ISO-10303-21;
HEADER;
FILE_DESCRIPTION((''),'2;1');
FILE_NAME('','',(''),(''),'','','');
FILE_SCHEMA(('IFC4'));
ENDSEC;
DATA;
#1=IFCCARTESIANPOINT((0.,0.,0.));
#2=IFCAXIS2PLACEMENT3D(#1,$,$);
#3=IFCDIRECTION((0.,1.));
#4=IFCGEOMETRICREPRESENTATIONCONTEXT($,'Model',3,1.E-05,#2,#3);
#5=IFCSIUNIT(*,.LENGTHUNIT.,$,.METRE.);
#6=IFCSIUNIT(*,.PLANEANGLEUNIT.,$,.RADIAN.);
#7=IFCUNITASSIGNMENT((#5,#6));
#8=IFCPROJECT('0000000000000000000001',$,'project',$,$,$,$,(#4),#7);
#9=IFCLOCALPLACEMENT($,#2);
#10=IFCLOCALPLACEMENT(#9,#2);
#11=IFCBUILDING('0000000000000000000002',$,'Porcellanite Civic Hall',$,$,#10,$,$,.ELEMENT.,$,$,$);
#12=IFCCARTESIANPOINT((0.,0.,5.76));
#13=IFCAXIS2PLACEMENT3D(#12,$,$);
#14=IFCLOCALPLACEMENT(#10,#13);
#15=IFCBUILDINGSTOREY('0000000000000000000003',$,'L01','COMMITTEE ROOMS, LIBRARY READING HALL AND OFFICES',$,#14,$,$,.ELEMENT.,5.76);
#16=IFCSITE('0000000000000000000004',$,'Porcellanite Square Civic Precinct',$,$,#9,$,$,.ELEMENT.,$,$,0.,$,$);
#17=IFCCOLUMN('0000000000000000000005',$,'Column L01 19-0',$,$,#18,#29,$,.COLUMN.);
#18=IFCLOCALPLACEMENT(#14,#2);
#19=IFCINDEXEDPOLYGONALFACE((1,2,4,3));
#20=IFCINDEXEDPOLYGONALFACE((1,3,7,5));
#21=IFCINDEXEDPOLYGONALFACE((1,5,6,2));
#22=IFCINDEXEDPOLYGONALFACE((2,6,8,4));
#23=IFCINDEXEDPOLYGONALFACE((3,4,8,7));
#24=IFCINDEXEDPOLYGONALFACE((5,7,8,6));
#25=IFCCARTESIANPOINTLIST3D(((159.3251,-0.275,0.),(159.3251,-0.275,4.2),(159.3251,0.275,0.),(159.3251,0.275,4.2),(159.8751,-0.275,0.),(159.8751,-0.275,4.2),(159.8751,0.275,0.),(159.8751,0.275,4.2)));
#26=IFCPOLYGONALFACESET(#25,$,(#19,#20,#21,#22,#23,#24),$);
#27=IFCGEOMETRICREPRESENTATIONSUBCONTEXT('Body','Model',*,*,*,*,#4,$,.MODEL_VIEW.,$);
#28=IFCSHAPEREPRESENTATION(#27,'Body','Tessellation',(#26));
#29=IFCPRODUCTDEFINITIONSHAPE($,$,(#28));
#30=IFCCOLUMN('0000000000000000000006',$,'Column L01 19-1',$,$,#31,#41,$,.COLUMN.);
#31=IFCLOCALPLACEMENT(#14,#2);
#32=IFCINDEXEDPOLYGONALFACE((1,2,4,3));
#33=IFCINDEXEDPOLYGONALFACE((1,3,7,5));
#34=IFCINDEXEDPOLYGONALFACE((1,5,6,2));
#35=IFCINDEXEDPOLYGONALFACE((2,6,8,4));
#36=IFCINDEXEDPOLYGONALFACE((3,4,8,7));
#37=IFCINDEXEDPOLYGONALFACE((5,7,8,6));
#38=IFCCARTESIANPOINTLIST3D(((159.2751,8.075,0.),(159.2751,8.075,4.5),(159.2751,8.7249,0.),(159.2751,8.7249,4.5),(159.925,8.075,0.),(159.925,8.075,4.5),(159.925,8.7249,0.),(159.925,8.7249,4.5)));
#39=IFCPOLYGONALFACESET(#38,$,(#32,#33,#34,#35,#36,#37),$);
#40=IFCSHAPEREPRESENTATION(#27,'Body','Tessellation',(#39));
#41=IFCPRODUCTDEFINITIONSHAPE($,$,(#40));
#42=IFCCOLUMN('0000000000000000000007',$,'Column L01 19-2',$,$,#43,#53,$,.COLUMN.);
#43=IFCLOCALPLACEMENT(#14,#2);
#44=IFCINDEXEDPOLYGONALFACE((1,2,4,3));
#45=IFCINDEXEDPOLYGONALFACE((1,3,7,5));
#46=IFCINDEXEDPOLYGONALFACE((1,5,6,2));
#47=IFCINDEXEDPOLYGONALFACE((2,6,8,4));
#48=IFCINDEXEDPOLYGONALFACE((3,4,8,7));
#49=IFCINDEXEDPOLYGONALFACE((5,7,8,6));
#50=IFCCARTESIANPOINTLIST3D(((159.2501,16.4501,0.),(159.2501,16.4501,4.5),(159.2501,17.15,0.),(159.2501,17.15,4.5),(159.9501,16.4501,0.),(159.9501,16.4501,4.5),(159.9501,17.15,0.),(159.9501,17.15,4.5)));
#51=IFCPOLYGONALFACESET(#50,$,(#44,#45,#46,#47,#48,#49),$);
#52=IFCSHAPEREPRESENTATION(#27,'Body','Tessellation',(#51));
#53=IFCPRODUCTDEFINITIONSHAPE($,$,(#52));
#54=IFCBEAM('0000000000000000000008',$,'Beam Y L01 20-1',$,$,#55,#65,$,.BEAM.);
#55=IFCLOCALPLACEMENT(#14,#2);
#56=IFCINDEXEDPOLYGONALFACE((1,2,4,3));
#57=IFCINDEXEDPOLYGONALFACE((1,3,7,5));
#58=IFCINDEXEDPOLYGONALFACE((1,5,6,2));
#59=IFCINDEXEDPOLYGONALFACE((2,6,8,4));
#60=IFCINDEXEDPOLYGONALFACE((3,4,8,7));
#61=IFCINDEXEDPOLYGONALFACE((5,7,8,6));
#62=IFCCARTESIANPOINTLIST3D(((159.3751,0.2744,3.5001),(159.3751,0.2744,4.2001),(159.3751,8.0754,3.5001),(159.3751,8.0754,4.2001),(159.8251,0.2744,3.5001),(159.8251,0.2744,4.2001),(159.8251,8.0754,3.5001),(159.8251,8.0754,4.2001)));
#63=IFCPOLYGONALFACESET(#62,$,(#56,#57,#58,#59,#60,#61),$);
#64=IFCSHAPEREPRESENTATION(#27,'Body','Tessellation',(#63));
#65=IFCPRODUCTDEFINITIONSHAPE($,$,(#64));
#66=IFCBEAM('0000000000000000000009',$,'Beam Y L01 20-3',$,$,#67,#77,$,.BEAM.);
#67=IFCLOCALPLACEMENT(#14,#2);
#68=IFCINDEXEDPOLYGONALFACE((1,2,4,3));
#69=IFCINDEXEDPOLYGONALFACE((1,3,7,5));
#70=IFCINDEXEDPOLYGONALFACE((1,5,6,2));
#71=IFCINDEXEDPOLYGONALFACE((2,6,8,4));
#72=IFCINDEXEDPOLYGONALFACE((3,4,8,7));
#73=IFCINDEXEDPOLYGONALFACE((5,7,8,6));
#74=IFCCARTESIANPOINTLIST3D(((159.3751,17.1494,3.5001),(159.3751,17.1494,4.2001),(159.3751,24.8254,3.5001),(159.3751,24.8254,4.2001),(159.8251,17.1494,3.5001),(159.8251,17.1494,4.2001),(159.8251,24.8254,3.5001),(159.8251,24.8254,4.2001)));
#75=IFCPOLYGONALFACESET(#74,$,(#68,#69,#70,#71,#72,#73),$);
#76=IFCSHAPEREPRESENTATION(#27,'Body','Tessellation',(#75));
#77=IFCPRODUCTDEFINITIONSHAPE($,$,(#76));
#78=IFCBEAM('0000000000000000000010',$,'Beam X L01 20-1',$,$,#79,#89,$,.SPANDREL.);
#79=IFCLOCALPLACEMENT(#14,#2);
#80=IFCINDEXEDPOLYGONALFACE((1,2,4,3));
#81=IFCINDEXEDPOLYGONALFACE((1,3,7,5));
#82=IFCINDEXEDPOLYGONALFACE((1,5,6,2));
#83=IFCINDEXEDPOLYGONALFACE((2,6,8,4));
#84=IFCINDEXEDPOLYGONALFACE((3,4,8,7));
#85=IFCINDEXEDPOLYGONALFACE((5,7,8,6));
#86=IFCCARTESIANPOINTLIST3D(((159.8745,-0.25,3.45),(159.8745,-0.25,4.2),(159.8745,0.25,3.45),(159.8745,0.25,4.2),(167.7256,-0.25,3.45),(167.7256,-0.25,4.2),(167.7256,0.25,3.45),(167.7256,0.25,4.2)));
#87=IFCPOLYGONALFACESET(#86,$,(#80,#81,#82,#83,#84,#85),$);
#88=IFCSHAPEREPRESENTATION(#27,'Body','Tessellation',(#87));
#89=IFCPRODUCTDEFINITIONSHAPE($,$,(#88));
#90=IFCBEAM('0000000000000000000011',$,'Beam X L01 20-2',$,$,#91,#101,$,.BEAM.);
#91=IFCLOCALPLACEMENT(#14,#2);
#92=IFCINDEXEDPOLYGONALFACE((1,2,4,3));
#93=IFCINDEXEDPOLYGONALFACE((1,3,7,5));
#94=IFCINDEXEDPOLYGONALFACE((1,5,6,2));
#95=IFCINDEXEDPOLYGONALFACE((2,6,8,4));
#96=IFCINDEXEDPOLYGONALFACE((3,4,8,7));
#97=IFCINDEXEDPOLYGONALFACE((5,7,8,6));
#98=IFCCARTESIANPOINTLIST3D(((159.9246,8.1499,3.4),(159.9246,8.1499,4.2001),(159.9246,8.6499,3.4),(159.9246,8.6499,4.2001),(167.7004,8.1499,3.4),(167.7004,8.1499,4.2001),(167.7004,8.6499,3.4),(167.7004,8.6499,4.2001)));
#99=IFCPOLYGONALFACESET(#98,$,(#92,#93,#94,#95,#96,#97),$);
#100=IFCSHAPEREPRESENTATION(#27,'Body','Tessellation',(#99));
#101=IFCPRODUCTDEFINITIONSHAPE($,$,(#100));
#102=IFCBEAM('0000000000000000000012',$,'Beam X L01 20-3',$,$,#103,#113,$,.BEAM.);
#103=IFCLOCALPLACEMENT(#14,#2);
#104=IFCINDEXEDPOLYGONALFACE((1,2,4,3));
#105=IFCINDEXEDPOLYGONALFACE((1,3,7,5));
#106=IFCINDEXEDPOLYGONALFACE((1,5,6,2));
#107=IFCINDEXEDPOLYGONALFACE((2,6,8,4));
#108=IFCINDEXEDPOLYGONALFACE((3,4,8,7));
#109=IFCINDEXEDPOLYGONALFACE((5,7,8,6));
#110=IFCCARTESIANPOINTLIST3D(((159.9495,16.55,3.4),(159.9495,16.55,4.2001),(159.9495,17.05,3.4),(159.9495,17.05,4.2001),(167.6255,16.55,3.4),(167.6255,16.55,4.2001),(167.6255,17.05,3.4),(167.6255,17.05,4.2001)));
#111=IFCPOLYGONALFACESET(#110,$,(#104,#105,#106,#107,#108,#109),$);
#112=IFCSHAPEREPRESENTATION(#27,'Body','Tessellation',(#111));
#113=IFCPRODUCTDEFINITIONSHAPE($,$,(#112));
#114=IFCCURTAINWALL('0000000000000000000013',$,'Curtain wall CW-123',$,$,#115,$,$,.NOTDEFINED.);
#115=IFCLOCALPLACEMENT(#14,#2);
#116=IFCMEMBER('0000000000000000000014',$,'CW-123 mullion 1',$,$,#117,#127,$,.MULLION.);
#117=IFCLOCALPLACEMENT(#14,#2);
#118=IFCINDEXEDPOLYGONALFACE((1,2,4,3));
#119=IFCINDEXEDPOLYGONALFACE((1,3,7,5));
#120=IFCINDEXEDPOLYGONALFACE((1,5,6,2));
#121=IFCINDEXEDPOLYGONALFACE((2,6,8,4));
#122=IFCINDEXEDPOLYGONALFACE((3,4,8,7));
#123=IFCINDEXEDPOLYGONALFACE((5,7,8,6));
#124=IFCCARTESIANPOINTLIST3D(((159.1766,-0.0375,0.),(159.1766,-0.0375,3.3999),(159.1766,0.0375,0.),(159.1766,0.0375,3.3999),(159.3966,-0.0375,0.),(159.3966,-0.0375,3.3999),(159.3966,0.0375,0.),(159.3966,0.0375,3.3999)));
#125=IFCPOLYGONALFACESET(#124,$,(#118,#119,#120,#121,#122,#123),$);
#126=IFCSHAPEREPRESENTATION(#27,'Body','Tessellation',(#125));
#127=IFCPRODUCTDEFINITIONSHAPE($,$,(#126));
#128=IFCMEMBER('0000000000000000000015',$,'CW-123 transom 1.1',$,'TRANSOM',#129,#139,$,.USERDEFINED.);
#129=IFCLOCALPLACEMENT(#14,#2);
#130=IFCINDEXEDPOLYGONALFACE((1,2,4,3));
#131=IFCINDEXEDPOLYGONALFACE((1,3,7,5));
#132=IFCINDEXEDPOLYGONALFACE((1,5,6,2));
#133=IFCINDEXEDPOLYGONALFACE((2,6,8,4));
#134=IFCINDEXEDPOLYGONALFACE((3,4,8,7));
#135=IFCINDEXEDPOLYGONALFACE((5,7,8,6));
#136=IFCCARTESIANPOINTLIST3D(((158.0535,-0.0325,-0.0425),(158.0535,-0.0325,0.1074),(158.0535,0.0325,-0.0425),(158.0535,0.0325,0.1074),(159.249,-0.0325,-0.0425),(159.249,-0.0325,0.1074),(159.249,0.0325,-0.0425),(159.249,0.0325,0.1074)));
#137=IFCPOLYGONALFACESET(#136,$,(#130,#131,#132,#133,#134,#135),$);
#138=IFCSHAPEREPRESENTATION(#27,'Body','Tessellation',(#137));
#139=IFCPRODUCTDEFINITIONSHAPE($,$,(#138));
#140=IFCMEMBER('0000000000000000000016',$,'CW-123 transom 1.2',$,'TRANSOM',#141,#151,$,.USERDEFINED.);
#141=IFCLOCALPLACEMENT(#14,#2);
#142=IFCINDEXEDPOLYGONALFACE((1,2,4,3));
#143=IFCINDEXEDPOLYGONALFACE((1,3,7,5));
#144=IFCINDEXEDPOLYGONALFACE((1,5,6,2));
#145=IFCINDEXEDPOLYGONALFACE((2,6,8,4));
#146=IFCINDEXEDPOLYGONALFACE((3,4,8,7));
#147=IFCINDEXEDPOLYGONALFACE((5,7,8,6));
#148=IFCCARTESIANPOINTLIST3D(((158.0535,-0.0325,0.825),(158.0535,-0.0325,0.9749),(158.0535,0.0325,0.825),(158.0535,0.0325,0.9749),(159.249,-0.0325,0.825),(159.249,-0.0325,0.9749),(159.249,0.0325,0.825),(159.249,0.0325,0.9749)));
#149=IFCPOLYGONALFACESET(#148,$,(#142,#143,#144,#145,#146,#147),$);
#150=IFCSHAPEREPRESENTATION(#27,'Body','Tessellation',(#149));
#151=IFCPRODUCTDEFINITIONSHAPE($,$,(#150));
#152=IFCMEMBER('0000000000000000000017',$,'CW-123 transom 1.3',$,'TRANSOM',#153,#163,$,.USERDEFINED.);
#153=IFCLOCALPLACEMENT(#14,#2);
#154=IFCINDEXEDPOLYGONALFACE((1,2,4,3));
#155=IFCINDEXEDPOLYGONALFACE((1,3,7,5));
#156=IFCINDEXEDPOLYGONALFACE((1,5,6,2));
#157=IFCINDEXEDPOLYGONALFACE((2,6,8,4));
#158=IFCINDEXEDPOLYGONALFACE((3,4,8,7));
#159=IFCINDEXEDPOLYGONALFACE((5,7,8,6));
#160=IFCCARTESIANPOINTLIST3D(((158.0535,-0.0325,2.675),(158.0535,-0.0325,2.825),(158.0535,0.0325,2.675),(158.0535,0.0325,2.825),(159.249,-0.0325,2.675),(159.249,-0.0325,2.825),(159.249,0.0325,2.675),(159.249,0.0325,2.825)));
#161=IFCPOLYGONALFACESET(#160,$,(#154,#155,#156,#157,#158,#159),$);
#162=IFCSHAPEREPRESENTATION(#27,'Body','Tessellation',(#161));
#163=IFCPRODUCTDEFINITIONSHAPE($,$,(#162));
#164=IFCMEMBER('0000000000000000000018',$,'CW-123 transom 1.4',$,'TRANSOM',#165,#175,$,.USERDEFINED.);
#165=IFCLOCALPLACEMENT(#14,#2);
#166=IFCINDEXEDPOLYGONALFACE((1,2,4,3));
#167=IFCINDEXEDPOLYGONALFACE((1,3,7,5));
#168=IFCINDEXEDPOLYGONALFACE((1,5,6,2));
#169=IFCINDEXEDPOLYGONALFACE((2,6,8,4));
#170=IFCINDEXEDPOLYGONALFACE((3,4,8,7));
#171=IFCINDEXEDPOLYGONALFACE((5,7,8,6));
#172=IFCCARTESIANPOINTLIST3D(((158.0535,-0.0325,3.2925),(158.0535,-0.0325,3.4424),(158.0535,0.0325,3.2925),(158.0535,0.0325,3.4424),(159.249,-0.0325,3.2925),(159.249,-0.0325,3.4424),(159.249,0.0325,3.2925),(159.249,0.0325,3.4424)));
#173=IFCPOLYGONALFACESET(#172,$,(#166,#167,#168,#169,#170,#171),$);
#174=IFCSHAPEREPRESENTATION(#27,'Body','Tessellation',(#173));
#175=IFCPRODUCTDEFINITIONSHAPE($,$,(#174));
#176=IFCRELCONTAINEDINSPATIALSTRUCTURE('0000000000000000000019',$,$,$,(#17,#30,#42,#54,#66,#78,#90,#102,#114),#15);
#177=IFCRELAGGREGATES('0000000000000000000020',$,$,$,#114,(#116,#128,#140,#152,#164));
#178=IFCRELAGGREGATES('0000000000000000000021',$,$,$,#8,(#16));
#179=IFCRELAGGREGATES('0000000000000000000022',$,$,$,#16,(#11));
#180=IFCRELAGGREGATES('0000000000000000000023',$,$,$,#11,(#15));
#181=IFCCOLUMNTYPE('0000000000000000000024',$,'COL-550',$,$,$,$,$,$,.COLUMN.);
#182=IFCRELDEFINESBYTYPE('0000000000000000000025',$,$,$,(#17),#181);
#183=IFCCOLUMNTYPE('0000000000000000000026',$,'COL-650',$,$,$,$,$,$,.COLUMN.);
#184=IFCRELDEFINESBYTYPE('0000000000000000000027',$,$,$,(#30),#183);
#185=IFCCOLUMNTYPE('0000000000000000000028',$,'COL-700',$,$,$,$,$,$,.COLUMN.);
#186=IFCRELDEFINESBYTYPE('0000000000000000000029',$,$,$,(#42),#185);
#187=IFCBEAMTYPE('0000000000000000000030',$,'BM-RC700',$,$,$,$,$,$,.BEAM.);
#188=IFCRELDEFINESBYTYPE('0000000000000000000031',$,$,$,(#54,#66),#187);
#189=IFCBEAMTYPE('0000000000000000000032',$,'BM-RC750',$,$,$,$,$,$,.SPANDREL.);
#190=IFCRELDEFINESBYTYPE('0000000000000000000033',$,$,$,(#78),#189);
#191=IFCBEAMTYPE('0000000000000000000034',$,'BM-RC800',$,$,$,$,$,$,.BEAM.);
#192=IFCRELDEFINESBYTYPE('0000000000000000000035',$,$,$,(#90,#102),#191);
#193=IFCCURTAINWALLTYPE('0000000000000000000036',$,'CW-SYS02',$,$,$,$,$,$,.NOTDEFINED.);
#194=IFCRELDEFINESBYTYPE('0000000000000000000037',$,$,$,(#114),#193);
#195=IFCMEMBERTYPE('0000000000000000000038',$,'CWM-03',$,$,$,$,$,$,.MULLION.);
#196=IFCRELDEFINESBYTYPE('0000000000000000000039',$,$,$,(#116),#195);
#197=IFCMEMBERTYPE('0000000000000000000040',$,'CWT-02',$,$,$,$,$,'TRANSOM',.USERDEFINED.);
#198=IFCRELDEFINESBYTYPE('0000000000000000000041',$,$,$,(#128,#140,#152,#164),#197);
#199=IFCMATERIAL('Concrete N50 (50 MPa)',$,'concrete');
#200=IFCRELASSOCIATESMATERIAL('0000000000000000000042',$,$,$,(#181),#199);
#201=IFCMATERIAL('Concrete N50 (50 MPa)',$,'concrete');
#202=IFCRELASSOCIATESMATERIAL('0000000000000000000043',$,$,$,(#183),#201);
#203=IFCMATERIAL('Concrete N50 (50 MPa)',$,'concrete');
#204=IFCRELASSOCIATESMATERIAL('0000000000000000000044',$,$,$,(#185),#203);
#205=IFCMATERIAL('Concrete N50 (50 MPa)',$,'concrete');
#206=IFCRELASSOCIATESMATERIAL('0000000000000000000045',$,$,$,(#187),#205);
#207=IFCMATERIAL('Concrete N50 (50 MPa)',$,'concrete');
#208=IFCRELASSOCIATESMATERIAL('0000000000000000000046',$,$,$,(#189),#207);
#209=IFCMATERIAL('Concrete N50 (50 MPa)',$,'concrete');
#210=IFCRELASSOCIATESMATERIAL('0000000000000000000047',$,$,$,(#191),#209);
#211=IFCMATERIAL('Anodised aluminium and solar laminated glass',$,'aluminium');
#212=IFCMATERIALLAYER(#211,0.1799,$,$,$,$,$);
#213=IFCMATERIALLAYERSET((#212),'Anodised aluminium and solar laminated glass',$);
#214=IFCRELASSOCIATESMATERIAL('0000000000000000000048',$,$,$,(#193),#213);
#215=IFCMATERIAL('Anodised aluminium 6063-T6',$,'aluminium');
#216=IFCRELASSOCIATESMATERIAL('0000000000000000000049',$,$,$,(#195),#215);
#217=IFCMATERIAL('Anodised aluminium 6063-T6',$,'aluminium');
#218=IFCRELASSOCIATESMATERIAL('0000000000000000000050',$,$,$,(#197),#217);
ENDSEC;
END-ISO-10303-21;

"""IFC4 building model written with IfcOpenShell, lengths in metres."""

from ifc_helpers import new_model, si_unit, direction, frame, origin, origin_2d, place, context, subcontext, project, spatial, rectangle, extrude, material, layer, layer_set, material_profile, profile_set, type_object, element, aggregate, save


model = new_model("IFC4")

# Units and contexts
model_context = context("Model", 3, precision=1e-05, world=origin(), true_north=direction((0.0, 1.0)))
body_context = subcontext(model_context, "Body", "Model", "MODEL_VIEW")
ifc_project = project(units=[si_unit("LENGTHUNIT", "METRE"), si_unit("PLANEANGLEUNIT", "RADIAN")], contexts=[model_context])

# Site, building, storey
site_placement = place(None, origin())
site = spatial("IfcSite", under=ifc_project, at=site_placement, Name="Porcellanite Square Civic Precinct", CompositionType="ELEMENT", RefElevation=0.0)
building_placement = place(site_placement, origin())
building = spatial("IfcBuilding", under=site, at=building_placement, Name="Porcellanite Civic Hall", CompositionType="ELEMENT")
storey_placement = place(building_placement, frame((0.0, 0.0, 5.76)))
storey = spatial("IfcBuildingStorey", under=building, at=storey_placement, Name="L01", Description="COMMITTEE ROOMS, LIBRARY READING HALL AND OFFICES", CompositionType="ELEMENT", Elevation=5.76)

# Columns
ifc_material_1 = material(Name="Concrete N50 (50 MPa)", Category="concrete")
ifc_material_profile_1 = material_profile(ifc_material_1, rectangle(XDim=0.55, YDim=0.55, at=origin_2d()), Name="RC-550x550")
ifc_profile_set_1 = profile_set([ifc_material_profile_1], Name="Concrete N50 (50 MPa)")
column_type_1 = type_object("IfcColumnType", Name="COL-550", PredefinedType="COLUMN", material=ifc_profile_set_1)
column_1_placement = place(storey_placement, frame((159.6001, 0.0, 0.0), z_axis=(0.0, 0.0, 1.0), x_axis=(1.0, 0.0, 0.0)))
element("IfcColumn", 1, at=column_1_placement, inside=storey, type_object=column_type_1, Name="Column L01 19-0", PredefinedType="COLUMN", context=body_context, shape_type="SweptSolid", body=[
    extrude(rectangle(XDim=0.55, YDim=0.55, at=origin_2d()), origin(), (0.0, 0.0, 1.0), 4.2),
])
ifc_material_2 = material(Name="Concrete N50 (50 MPa)", Category="concrete")
ifc_material_profile_2 = material_profile(ifc_material_2, rectangle(XDim=0.6499, YDim=0.6499, at=origin_2d()), Name="RC-650x650")
ifc_profile_set_2 = profile_set([ifc_material_profile_2], Name="Concrete N50 (50 MPa)")
column_type_2 = type_object("IfcColumnType", Name="COL-650", PredefinedType="COLUMN", material=ifc_profile_set_2)
column_2_placement = place(storey_placement, frame((159.6001, 8.3999, 0.0), z_axis=(0.0, 0.0, 1.0), x_axis=(1.0, 0.0, 0.0)))
element("IfcColumn", 2, at=column_2_placement, inside=storey, type_object=column_type_2, Name="Column L01 19-1", PredefinedType="COLUMN", context=body_context, shape_type="SweptSolid", body=[
    extrude(rectangle(XDim=0.6499, YDim=0.6499, at=origin_2d()), origin(), (0.0, 0.0, 1.0), 4.5),
])
ifc_material_3 = material(Name="Concrete N50 (50 MPa)", Category="concrete")
ifc_material_profile_3 = material_profile(ifc_material_3, rectangle(XDim=0.7, YDim=0.7, at=origin_2d()), Name="RC-700x700")
ifc_profile_set_3 = profile_set([ifc_material_profile_3], Name="Concrete N50 (50 MPa)")
column_type_3 = type_object("IfcColumnType", Name="COL-700", PredefinedType="COLUMN", material=ifc_profile_set_3)
column_3_placement = place(storey_placement, frame((159.6001, 16.8, 0.0), z_axis=(0.0, 0.0, 1.0), x_axis=(1.0, 0.0, 0.0)))
element("IfcColumn", 3, at=column_3_placement, inside=storey, type_object=column_type_3, Name="Column L01 19-2", PredefinedType="COLUMN", context=body_context, shape_type="SweptSolid", body=[
    extrude(rectangle(XDim=0.7, YDim=0.7, at=origin_2d()), origin(), (0.0, 0.0, 1.0), 4.5),
])

# Beams
ifc_material_4 = material(Name="Concrete N50 (50 MPa)", Category="concrete")
ifc_material_profile_4 = material_profile(ifc_material_4, rectangle(XDim=0.45, YDim=0.7, at=origin_2d()), Name="RC-450x700")
ifc_profile_set_4 = profile_set([ifc_material_profile_4], Name="Concrete N50 (50 MPa)")
beam_type_1 = type_object("IfcBeamType", Name="BM-RC700", PredefinedType="BEAM", material=ifc_profile_set_4)
beam_1_placement = place(storey_placement, frame((159.6001, 0.2744, 3.8501), z_axis=(0.0, 1.0, 0.0), x_axis=(-1.0, 0.0, 0.0)))
element("IfcBeam", 4, at=beam_1_placement, inside=storey, type_object=beam_type_1, Name="Beam Y L01 20-1", PredefinedType="BEAM", context=body_context, shape_type="SweptSolid", body=[
    extrude(rectangle(XDim=0.45, YDim=0.7, at=origin_2d()), origin(), (0.0, 0.0, 1.0), 7.801),
])
beam_2_placement = place(storey_placement, frame((159.6001, 17.1494, 3.8501), z_axis=(0.0, 1.0, 0.0), x_axis=(-1.0, 0.0, 0.0)))
element("IfcBeam", 5, at=beam_2_placement, inside=storey, type_object=beam_type_1, Name="Beam Y L01 20-3", PredefinedType="BEAM", context=body_context, shape_type="SweptSolid", body=[
    extrude(rectangle(XDim=0.45, YDim=0.7, at=origin_2d()), origin(), (0.0, 0.0, 1.0), 7.676),
])
ifc_material_5 = material(Name="Concrete N50 (50 MPa)", Category="concrete")
ifc_material_profile_5 = material_profile(ifc_material_5, rectangle(XDim=0.5, YDim=0.75, at=origin_2d()), Name="RC-500x750")
ifc_profile_set_5 = profile_set([ifc_material_profile_5], Name="Concrete N50 (50 MPa)")
beam_type_2 = type_object("IfcBeamType", Name="BM-RC750", PredefinedType="SPANDREL", material=ifc_profile_set_5)
beam_3_placement = place(storey_placement, frame((159.8745, 0.0, 3.825), z_axis=(1.0, 0.0, 0.0), x_axis=(0.0, 1.0, 0.0)))
element("IfcBeam", 6, at=beam_3_placement, inside=storey, type_object=beam_type_2, Name="Beam X L01 20-1", PredefinedType="SPANDREL", context=body_context, shape_type="SweptSolid", body=[
    extrude(rectangle(XDim=0.5, YDim=0.75, at=origin_2d()), origin(), (0.0, 0.0, 1.0), 7.8511),
])
ifc_material_6 = material(Name="Concrete N50 (50 MPa)", Category="concrete")
ifc_material_profile_6 = material_profile(ifc_material_6, rectangle(XDim=0.5, YDim=0.8, at=origin_2d()), Name="RC-500x800")
ifc_profile_set_6 = profile_set([ifc_material_profile_6], Name="Concrete N50 (50 MPa)")
beam_type_3 = type_object("IfcBeamType", Name="BM-RC800", PredefinedType="BEAM", material=ifc_profile_set_6)
beam_4_placement = place(storey_placement, frame((159.9246, 8.3999, 3.8), z_axis=(1.0, 0.0, 0.0), x_axis=(0.0, 1.0, 0.0)))
element("IfcBeam", 7, at=beam_4_placement, inside=storey, type_object=beam_type_3, Name="Beam X L01 20-2", PredefinedType="BEAM", context=body_context, shape_type="SweptSolid", body=[
    extrude(rectangle(XDim=0.5, YDim=0.8, at=origin_2d()), origin(), (0.0, 0.0, 1.0), 7.7759),
])
beam_5_placement = place(storey_placement, frame((159.9495, 16.8, 3.8), z_axis=(1.0, 0.0, 0.0), x_axis=(0.0, 1.0, 0.0)))
element("IfcBeam", 8, at=beam_5_placement, inside=storey, type_object=beam_type_3, Name="Beam X L01 20-3", PredefinedType="BEAM", context=body_context, shape_type="SweptSolid", body=[
    extrude(rectangle(XDim=0.5, YDim=0.8, at=origin_2d()), origin(), (0.0, 0.0, 1.0), 7.676),
])

# Curtain wall, members
ifc_material_7 = material(Name="Anodised aluminium and solar laminated glass", Category="aluminium")
ifc_layer_1 = layer(ifc_material_7, 0.1799)
ifc_layer_set_1 = layer_set([ifc_layer_1], Name="Anodised aluminium and solar laminated glass")
curtain_wall_type = type_object("IfcCurtainWallType", Name="CW-SYS02", PredefinedType="NOTDEFINED", material=ifc_layer_set_1)
curtain_wall_placement = place(storey_placement, origin())
curtain_wall = element("IfcCurtainWall", 9, at=curtain_wall_placement, inside=storey, type_object=curtain_wall_type, Name="Curtain wall CW-123", PredefinedType="NOTDEFINED")
ifc_material_8 = material(Name="Anodised aluminium 6063-T6", Category="aluminium")
ifc_material_profile_7 = material_profile(ifc_material_8, rectangle(XDim=0.075, YDim=0.22, at=origin_2d()), Name="AL-75x220")
ifc_profile_set_7 = profile_set([ifc_material_profile_7], Name="Anodised aluminium 6063-T6")
member_type_1 = type_object("IfcMemberType", Name="CWM-03", PredefinedType="MULLION", material=ifc_profile_set_7)
member_1_placement = place(storey_placement, frame((159.2866, 0.0, 0.0), z_axis=(0.0, 0.0, 1.0), x_axis=(0.0, -1.0, 0.0)))
member_1 = element("IfcMember", 10, at=member_1_placement, type_object=member_type_1, Name="CW-123 mullion 1", PredefinedType="MULLION", context=body_context, shape_type="SweptSolid", body=[
    extrude(rectangle(XDim=0.075, YDim=0.22, at=origin_2d()), origin(), (0.0, 0.0, 1.0), 3.3999),
])
ifc_material_9 = material(Name="Anodised aluminium 6063-T6", Category="aluminium")
ifc_material_profile_8 = material_profile(ifc_material_9, rectangle(XDim=0.0649, YDim=0.1499, at=origin_2d()), Name="AL-65x150")
ifc_profile_set_8 = profile_set([ifc_material_profile_8], Name="Anodised aluminium 6063-T6")
member_type_2 = type_object("IfcMemberType", Name="CWT-02", ElementType="TRANSOM", PredefinedType="USERDEFINED", material=ifc_profile_set_8)
member_2_placement = place(storey_placement, frame((159.249, 0.0, 0.0325), z_axis=(-1.0, 0.0, 0.0), x_axis=(0.0, -1.0, 0.0)))
member_2 = element("IfcMember", 11, at=member_2_placement, type_object=member_type_2, Name="CW-123 transom 1.1", ObjectType="TRANSOM", PredefinedType="USERDEFINED", context=body_context, shape_type="SweptSolid", body=[
    extrude(rectangle(XDim=0.0649, YDim=0.1499, at=origin_2d()), origin(), (0.0, 0.0, 1.0), 1.1956),
])
member_3_placement = place(storey_placement, frame((159.249, 0.0, 0.8999), z_axis=(-1.0, 0.0, 0.0), x_axis=(0.0, -1.0, 0.0)))
member_3 = element("IfcMember", 12, at=member_3_placement, type_object=member_type_2, Name="CW-123 transom 1.2", ObjectType="TRANSOM", PredefinedType="USERDEFINED", context=body_context, shape_type="SweptSolid", body=[
    extrude(rectangle(XDim=0.0649, YDim=0.1499, at=origin_2d()), origin(), (0.0, 0.0, 1.0), 1.1956),
])
member_4_placement = place(storey_placement, frame((159.249, 0.0, 2.75), z_axis=(-1.0, 0.0, 0.0), x_axis=(0.0, -1.0, 0.0)))
member_4 = element("IfcMember", 13, at=member_4_placement, type_object=member_type_2, Name="CW-123 transom 1.3", ObjectType="TRANSOM", PredefinedType="USERDEFINED", context=body_context, shape_type="SweptSolid", body=[
    extrude(rectangle(XDim=0.0649, YDim=0.1499, at=origin_2d()), origin(), (0.0, 0.0, 1.0), 1.1956),
])
member_5_placement = place(storey_placement, frame((159.249, 0.0, 3.3674), z_axis=(-1.0, 0.0, 0.0), x_axis=(0.0, -1.0, 0.0)))
member_5 = element("IfcMember", 14, at=member_5_placement, type_object=member_type_2, Name="CW-123 transom 1.4", ObjectType="TRANSOM", PredefinedType="USERDEFINED", context=body_context, shape_type="SweptSolid", body=[
    extrude(rectangle(XDim=0.0649, YDim=0.1499, at=origin_2d()), origin(), (0.0, 0.0, 1.0), 1.1956),
])
aggregate(curtain_wall, [member_1, member_2, member_3, member_4, member_5])

save(model, "model.ifc")
